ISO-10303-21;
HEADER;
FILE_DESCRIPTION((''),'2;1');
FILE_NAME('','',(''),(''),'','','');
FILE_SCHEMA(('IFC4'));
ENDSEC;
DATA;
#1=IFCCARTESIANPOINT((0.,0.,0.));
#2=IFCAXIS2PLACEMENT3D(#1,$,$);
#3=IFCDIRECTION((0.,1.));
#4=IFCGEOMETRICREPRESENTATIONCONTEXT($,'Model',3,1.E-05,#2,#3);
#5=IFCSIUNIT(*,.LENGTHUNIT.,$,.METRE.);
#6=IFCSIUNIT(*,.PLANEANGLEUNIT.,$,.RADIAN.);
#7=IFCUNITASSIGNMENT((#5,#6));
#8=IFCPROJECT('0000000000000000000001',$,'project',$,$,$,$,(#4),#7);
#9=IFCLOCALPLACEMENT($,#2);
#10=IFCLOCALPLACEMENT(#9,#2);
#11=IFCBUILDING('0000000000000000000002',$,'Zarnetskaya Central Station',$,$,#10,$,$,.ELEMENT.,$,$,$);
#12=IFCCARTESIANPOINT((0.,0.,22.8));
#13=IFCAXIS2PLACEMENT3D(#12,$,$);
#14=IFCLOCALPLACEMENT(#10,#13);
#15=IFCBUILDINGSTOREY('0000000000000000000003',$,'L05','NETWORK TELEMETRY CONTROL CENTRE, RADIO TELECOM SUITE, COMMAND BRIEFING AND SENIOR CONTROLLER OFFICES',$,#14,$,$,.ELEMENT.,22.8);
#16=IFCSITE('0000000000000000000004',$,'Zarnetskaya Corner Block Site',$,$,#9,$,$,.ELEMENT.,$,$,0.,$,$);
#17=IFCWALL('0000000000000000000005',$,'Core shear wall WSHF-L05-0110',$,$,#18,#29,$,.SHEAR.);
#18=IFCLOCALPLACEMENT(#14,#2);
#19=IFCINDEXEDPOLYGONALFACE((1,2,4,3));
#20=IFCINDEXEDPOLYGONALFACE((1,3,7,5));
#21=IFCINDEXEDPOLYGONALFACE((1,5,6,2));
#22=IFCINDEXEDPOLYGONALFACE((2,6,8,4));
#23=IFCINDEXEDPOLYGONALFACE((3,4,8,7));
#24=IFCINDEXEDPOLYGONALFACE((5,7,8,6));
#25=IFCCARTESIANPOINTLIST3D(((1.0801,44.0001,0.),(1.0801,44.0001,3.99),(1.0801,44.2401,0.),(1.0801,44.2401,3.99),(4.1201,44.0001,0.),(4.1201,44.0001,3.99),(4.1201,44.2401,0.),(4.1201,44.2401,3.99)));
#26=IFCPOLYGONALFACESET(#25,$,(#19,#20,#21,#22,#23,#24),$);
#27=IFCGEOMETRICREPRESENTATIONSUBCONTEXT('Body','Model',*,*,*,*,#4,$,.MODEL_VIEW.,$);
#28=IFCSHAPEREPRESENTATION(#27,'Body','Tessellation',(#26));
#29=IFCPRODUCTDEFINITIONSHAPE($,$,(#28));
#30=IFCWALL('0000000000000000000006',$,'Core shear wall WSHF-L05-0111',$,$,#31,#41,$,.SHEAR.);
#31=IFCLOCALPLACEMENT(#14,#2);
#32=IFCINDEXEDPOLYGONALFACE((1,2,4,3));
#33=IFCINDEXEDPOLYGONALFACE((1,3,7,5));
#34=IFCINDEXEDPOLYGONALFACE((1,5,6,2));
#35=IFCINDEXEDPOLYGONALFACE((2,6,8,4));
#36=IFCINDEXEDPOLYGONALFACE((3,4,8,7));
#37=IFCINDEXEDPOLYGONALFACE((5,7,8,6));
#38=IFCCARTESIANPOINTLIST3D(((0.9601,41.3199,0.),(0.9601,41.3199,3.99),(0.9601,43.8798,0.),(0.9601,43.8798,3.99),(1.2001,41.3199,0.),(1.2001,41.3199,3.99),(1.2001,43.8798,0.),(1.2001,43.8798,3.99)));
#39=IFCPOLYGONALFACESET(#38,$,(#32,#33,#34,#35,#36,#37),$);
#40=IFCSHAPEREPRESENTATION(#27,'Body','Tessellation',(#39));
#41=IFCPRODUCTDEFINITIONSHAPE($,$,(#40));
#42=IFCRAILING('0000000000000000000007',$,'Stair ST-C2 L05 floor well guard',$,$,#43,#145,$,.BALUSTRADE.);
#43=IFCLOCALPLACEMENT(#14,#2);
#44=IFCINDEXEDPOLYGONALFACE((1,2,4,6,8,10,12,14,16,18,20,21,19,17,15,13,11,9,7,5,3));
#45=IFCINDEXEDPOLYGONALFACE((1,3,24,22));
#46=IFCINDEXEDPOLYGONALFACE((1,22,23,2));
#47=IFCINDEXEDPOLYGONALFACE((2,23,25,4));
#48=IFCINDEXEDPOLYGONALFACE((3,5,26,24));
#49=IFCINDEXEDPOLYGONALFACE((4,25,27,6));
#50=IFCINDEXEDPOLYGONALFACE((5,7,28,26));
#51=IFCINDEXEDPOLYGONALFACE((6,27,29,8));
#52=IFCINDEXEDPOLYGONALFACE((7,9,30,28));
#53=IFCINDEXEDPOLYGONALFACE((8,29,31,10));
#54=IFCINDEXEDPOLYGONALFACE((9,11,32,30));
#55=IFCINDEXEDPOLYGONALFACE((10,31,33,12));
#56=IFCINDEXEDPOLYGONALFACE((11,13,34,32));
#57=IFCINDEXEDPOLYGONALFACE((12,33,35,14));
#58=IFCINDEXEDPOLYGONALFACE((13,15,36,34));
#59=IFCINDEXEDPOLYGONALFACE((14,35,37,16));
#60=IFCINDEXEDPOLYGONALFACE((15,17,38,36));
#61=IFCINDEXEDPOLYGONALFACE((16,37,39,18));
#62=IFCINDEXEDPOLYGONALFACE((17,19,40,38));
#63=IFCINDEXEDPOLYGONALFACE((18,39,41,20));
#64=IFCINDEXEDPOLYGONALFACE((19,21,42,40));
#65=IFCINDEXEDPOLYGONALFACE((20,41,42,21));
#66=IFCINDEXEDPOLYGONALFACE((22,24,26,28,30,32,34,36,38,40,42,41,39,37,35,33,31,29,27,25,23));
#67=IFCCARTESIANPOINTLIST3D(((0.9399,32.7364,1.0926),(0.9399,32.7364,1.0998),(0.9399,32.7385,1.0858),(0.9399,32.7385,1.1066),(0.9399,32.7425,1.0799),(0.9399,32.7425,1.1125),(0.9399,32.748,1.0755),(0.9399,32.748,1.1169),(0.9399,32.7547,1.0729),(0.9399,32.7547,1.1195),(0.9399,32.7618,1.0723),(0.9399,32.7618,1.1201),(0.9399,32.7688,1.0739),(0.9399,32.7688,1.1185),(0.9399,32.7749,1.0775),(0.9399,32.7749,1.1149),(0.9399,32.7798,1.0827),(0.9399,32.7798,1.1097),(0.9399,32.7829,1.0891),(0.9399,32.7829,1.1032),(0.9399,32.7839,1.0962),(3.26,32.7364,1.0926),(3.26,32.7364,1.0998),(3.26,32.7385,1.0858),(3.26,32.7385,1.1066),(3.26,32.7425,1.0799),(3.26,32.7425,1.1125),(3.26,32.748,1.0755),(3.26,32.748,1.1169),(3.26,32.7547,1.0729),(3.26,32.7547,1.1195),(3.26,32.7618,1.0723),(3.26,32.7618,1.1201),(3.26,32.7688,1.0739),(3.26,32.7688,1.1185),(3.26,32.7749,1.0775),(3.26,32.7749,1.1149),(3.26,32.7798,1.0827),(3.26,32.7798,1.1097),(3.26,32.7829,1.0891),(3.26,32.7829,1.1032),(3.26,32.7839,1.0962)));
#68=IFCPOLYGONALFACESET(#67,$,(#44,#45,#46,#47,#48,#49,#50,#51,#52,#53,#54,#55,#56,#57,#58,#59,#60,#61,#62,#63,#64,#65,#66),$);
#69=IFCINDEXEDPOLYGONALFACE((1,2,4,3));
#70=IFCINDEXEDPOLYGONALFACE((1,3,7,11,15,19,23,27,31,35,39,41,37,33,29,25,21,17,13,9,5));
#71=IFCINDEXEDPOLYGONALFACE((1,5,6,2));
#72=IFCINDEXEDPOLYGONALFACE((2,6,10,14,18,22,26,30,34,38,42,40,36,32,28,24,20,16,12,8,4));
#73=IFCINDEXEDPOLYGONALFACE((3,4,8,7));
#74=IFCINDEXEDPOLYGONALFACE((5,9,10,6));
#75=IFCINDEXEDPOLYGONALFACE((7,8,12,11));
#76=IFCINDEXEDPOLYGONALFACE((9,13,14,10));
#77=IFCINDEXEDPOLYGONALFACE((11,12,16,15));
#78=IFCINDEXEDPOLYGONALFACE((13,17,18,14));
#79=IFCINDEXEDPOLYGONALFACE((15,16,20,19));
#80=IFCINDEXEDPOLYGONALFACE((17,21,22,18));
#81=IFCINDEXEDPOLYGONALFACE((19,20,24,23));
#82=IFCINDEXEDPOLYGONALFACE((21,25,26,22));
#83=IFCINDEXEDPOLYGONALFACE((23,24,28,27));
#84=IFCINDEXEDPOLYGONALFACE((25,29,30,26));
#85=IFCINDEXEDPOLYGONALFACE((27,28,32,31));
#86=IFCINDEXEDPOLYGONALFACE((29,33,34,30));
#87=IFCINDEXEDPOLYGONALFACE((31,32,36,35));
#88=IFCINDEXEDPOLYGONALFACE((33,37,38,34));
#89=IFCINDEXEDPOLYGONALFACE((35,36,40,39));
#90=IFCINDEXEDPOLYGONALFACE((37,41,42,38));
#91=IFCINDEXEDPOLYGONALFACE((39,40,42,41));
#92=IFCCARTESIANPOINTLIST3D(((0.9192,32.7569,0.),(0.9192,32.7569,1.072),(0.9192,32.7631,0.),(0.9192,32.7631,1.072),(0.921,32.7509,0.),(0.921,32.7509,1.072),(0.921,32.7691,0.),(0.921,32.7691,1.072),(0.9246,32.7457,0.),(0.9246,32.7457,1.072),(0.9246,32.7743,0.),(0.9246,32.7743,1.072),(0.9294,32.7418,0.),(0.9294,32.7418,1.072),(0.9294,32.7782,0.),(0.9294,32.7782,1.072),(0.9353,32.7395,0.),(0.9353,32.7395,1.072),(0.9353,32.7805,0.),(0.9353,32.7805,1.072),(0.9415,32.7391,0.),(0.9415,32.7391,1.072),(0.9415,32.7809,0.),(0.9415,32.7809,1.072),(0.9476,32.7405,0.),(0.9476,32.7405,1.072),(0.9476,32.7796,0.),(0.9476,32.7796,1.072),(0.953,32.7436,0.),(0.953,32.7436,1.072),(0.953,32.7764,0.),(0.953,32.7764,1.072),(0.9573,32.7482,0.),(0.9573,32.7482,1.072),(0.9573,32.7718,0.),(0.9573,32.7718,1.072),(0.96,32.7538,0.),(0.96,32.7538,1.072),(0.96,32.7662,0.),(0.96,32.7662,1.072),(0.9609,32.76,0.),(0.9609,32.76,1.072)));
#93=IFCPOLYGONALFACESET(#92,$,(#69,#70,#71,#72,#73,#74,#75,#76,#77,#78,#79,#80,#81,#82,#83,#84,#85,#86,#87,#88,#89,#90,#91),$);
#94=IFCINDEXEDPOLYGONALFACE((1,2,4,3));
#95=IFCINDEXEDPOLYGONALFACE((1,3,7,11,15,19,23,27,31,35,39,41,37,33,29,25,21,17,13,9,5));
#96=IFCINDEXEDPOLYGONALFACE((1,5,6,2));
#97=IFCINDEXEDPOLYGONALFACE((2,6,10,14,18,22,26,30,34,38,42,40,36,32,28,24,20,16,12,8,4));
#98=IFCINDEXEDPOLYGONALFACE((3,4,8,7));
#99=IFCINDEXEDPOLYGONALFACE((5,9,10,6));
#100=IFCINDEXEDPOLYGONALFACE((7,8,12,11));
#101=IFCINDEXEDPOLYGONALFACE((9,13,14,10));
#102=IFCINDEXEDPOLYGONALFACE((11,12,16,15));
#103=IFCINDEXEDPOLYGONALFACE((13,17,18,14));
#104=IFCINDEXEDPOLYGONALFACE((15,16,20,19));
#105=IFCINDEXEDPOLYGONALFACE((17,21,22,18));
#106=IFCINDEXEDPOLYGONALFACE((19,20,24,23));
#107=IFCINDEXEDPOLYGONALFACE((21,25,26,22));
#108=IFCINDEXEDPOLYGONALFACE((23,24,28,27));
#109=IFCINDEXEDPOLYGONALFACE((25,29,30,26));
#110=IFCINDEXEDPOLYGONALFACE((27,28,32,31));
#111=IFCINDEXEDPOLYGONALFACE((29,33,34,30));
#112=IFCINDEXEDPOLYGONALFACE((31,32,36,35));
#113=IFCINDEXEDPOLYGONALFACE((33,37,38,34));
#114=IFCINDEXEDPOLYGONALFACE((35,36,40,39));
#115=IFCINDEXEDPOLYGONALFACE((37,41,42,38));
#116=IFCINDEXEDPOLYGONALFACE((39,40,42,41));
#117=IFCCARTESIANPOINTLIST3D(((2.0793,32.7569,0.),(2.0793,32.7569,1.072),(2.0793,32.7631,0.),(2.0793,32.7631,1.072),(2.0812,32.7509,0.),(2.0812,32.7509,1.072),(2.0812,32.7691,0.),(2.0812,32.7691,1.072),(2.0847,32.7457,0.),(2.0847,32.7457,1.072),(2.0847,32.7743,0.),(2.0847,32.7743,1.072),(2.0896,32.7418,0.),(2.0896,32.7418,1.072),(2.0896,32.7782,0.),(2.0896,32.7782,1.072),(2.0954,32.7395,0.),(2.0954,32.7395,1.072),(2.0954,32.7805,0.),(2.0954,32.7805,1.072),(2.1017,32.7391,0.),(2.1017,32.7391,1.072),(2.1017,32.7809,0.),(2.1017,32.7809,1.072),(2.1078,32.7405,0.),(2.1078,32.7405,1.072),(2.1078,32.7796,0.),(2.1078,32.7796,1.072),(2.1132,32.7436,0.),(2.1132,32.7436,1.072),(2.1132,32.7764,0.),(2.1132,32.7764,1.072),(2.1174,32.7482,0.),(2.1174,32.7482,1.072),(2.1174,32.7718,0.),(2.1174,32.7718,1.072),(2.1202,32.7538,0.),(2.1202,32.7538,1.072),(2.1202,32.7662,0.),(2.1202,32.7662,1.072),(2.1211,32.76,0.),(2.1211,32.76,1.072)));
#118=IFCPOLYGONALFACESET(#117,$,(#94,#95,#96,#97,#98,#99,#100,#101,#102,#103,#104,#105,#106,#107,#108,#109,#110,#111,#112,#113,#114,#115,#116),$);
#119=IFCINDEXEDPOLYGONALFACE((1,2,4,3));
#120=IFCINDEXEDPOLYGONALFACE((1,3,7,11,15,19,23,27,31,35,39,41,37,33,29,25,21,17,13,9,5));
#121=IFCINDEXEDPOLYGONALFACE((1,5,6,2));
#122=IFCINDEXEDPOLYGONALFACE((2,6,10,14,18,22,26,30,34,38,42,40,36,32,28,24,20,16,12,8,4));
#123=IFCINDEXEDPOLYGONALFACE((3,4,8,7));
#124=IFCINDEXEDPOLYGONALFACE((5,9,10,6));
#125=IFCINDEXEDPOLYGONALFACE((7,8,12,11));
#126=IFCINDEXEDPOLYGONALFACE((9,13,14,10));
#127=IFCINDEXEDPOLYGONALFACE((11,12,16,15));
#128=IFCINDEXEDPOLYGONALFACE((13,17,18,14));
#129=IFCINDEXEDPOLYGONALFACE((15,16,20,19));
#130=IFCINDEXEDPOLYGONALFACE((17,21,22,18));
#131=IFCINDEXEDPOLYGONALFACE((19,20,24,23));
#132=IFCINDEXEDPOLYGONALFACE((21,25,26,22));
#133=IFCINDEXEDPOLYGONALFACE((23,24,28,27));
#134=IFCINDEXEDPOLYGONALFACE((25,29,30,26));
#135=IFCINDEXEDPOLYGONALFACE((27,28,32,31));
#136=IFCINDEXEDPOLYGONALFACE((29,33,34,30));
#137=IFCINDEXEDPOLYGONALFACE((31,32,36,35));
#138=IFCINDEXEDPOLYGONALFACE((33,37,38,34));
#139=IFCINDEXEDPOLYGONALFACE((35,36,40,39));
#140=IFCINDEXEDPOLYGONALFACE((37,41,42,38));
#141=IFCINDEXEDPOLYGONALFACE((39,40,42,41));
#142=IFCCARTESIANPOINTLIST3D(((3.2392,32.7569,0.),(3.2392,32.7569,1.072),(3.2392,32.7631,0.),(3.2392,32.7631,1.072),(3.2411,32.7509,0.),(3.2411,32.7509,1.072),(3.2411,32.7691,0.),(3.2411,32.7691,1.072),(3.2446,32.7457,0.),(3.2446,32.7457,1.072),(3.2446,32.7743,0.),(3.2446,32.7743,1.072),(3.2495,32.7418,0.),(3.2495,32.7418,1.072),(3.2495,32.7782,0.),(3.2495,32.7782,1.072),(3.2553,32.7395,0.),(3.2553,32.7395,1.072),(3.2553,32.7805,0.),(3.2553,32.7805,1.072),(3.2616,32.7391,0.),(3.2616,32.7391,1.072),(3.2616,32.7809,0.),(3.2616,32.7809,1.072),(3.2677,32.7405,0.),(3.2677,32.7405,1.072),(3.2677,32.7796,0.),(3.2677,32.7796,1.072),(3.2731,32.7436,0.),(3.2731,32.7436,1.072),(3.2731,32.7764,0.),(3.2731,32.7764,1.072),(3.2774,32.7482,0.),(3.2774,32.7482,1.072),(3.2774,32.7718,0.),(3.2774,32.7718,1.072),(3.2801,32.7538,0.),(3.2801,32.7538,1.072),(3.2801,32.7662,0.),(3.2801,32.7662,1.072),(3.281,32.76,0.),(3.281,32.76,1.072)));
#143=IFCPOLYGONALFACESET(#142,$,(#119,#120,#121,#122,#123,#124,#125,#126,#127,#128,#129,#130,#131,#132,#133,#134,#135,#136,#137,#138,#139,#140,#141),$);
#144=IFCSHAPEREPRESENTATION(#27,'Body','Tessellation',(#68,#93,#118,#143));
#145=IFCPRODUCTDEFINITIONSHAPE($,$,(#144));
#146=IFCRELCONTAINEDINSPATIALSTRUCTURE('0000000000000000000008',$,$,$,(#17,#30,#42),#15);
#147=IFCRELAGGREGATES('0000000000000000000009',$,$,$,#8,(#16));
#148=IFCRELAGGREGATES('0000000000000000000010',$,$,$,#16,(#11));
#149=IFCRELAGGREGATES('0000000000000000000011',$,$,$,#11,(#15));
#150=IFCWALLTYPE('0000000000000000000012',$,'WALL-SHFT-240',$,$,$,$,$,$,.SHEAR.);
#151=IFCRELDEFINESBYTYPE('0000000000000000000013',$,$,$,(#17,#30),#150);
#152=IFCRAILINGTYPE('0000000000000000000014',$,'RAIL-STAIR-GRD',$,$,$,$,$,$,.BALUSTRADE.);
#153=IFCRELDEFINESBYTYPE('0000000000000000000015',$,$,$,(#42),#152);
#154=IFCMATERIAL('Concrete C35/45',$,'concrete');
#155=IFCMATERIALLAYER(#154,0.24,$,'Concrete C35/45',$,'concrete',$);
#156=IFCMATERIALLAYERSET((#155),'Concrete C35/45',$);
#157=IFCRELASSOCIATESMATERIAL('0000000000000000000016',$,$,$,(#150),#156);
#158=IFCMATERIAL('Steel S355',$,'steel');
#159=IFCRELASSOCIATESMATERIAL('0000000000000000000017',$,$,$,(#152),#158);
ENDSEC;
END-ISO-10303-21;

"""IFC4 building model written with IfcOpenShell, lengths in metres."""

from ifc_helpers import new_model, si_unit, direction, frame, frame_2d, origin, origin_2d, place, context, subcontext, project, spatial, rectangle, circle, extrude, material, layer, layer_set, type_object, element, save


model = new_model("IFC4")

# Units and contexts
model_context = context("Model", 3, precision=1e-05, world=origin(), true_north=direction((0.0, 1.0)))
body_context = subcontext(model_context, "Body", "Model", "MODEL_VIEW")
ifc_project = project(units=[si_unit("LENGTHUNIT", "METRE"), si_unit("PLANEANGLEUNIT", "RADIAN")], contexts=[model_context])

# Site, building, storey
site_placement = place(None, origin())
site = spatial("IfcSite", under=ifc_project, at=site_placement, Name="Zarnetskaya Corner Block Site", CompositionType="ELEMENT", RefElevation=0.0)
building_placement = place(site_placement, origin())
building = spatial("IfcBuilding", under=site, at=building_placement, Name="Zarnetskaya Central Station", CompositionType="ELEMENT")
storey_placement = place(building_placement, frame((0.0, 0.0, 22.8)))
storey = spatial("IfcBuildingStorey", under=building, at=storey_placement, Name="L05", Description="NETWORK TELEMETRY CONTROL CENTRE, RADIO TELECOM SUITE, COMMAND BRIEFING AND SENIOR CONTROLLER OFFICES", CompositionType="ELEMENT", Elevation=22.8)

# Shared definitions
ifc_material_1 = material(Name="Steel S355", Category="steel")

# Shared definitions
ifc_material_2 = material(Name="Concrete C35/45", Category="concrete")

# Walls
ifc_layer_1 = layer(ifc_material_2, 0.24, Name="Concrete C35/45", Category="concrete")
ifc_layer_set_1 = layer_set([ifc_layer_1], Name="Concrete C35/45")
wall_type_1 = type_object("IfcWallType", Name="WALL-SHFT-240", PredefinedType="SHEAR", material=ifc_layer_set_1)
for number, where, z_axis, x_axis, name in (
    (1, (1.0801, 44.1201, 0.0), (0.0, 0.0, 1.0), (1.0, 0.0, 0.0), "Core shear wall WSHF-L05-0110"),
):
    element("IfcWall", number, at=place(storey_placement, frame(where, z_axis=z_axis, x_axis=x_axis)), inside=storey, type_object=wall_type_1, Name=name, PredefinedType="SHEAR", context=body_context, shape_type="SweptSolid", body=[
        extrude(rectangle(XDim=3.04, YDim=0.24, at=frame_2d((1.52, 0.0))), origin(), (0.0, 0.0, 1.0), 3.99),
    ])
wall_1_placement = place(storey_placement, frame((1.0801, 41.3201, 0.0), z_axis=(0.0, 0.0, 1.0), x_axis=(0.0, 1.0, 0.0)))
element("IfcWall", 2, at=wall_1_placement, inside=storey, type_object=wall_type_1, Name="Core shear wall WSHF-L05-0111", PredefinedType="SHEAR", context=body_context, shape_type="SweptSolid", body=[
    extrude(rectangle(XDim=2.5598, YDim=0.24, at=frame_2d((1.2798, 0.0))), origin(), (0.0, 0.0, 1.0), 3.99),
])

# Railing
railing_type = type_object("IfcRailingType", Name="RAIL-STAIR-GRD", PredefinedType="BALUSTRADE", material=ifc_material_1)
railing_placement = place(storey_placement, frame((0.9399, 32.76, 0.0)))
element("IfcRailing", 3, at=railing_placement, inside=storey, type_object=railing_type, Name="Stair ST-C2 L05 floor well guard", PredefinedType="BALUSTRADE", context=body_context, shape_type="SweptSolid", body=[
    extrude(circle(Radius=0.0239, at=origin_2d()), frame((0.0, 0.0, 1.0962), z_axis=(1.0, 0.0, 0.0), x_axis=(0.0, 1.0, 0.0)), (0.0, 0.0, 1.0), 2.3201),
    extrude(circle(Radius=0.021, at=origin_2d()), origin(), (0.0, 0.0, 1.0), 1.072),
    extrude(circle(Radius=0.021, at=origin_2d()), frame((1.1602, 0.0, 0.0)), (0.0, 0.0, 1.0), 1.072),
    extrude(circle(Radius=0.021, at=origin_2d()), frame((2.3201, 0.0, 0.0)), (0.0, 0.0, 1.0), 1.072),
])

save(model, "model.ifc")
